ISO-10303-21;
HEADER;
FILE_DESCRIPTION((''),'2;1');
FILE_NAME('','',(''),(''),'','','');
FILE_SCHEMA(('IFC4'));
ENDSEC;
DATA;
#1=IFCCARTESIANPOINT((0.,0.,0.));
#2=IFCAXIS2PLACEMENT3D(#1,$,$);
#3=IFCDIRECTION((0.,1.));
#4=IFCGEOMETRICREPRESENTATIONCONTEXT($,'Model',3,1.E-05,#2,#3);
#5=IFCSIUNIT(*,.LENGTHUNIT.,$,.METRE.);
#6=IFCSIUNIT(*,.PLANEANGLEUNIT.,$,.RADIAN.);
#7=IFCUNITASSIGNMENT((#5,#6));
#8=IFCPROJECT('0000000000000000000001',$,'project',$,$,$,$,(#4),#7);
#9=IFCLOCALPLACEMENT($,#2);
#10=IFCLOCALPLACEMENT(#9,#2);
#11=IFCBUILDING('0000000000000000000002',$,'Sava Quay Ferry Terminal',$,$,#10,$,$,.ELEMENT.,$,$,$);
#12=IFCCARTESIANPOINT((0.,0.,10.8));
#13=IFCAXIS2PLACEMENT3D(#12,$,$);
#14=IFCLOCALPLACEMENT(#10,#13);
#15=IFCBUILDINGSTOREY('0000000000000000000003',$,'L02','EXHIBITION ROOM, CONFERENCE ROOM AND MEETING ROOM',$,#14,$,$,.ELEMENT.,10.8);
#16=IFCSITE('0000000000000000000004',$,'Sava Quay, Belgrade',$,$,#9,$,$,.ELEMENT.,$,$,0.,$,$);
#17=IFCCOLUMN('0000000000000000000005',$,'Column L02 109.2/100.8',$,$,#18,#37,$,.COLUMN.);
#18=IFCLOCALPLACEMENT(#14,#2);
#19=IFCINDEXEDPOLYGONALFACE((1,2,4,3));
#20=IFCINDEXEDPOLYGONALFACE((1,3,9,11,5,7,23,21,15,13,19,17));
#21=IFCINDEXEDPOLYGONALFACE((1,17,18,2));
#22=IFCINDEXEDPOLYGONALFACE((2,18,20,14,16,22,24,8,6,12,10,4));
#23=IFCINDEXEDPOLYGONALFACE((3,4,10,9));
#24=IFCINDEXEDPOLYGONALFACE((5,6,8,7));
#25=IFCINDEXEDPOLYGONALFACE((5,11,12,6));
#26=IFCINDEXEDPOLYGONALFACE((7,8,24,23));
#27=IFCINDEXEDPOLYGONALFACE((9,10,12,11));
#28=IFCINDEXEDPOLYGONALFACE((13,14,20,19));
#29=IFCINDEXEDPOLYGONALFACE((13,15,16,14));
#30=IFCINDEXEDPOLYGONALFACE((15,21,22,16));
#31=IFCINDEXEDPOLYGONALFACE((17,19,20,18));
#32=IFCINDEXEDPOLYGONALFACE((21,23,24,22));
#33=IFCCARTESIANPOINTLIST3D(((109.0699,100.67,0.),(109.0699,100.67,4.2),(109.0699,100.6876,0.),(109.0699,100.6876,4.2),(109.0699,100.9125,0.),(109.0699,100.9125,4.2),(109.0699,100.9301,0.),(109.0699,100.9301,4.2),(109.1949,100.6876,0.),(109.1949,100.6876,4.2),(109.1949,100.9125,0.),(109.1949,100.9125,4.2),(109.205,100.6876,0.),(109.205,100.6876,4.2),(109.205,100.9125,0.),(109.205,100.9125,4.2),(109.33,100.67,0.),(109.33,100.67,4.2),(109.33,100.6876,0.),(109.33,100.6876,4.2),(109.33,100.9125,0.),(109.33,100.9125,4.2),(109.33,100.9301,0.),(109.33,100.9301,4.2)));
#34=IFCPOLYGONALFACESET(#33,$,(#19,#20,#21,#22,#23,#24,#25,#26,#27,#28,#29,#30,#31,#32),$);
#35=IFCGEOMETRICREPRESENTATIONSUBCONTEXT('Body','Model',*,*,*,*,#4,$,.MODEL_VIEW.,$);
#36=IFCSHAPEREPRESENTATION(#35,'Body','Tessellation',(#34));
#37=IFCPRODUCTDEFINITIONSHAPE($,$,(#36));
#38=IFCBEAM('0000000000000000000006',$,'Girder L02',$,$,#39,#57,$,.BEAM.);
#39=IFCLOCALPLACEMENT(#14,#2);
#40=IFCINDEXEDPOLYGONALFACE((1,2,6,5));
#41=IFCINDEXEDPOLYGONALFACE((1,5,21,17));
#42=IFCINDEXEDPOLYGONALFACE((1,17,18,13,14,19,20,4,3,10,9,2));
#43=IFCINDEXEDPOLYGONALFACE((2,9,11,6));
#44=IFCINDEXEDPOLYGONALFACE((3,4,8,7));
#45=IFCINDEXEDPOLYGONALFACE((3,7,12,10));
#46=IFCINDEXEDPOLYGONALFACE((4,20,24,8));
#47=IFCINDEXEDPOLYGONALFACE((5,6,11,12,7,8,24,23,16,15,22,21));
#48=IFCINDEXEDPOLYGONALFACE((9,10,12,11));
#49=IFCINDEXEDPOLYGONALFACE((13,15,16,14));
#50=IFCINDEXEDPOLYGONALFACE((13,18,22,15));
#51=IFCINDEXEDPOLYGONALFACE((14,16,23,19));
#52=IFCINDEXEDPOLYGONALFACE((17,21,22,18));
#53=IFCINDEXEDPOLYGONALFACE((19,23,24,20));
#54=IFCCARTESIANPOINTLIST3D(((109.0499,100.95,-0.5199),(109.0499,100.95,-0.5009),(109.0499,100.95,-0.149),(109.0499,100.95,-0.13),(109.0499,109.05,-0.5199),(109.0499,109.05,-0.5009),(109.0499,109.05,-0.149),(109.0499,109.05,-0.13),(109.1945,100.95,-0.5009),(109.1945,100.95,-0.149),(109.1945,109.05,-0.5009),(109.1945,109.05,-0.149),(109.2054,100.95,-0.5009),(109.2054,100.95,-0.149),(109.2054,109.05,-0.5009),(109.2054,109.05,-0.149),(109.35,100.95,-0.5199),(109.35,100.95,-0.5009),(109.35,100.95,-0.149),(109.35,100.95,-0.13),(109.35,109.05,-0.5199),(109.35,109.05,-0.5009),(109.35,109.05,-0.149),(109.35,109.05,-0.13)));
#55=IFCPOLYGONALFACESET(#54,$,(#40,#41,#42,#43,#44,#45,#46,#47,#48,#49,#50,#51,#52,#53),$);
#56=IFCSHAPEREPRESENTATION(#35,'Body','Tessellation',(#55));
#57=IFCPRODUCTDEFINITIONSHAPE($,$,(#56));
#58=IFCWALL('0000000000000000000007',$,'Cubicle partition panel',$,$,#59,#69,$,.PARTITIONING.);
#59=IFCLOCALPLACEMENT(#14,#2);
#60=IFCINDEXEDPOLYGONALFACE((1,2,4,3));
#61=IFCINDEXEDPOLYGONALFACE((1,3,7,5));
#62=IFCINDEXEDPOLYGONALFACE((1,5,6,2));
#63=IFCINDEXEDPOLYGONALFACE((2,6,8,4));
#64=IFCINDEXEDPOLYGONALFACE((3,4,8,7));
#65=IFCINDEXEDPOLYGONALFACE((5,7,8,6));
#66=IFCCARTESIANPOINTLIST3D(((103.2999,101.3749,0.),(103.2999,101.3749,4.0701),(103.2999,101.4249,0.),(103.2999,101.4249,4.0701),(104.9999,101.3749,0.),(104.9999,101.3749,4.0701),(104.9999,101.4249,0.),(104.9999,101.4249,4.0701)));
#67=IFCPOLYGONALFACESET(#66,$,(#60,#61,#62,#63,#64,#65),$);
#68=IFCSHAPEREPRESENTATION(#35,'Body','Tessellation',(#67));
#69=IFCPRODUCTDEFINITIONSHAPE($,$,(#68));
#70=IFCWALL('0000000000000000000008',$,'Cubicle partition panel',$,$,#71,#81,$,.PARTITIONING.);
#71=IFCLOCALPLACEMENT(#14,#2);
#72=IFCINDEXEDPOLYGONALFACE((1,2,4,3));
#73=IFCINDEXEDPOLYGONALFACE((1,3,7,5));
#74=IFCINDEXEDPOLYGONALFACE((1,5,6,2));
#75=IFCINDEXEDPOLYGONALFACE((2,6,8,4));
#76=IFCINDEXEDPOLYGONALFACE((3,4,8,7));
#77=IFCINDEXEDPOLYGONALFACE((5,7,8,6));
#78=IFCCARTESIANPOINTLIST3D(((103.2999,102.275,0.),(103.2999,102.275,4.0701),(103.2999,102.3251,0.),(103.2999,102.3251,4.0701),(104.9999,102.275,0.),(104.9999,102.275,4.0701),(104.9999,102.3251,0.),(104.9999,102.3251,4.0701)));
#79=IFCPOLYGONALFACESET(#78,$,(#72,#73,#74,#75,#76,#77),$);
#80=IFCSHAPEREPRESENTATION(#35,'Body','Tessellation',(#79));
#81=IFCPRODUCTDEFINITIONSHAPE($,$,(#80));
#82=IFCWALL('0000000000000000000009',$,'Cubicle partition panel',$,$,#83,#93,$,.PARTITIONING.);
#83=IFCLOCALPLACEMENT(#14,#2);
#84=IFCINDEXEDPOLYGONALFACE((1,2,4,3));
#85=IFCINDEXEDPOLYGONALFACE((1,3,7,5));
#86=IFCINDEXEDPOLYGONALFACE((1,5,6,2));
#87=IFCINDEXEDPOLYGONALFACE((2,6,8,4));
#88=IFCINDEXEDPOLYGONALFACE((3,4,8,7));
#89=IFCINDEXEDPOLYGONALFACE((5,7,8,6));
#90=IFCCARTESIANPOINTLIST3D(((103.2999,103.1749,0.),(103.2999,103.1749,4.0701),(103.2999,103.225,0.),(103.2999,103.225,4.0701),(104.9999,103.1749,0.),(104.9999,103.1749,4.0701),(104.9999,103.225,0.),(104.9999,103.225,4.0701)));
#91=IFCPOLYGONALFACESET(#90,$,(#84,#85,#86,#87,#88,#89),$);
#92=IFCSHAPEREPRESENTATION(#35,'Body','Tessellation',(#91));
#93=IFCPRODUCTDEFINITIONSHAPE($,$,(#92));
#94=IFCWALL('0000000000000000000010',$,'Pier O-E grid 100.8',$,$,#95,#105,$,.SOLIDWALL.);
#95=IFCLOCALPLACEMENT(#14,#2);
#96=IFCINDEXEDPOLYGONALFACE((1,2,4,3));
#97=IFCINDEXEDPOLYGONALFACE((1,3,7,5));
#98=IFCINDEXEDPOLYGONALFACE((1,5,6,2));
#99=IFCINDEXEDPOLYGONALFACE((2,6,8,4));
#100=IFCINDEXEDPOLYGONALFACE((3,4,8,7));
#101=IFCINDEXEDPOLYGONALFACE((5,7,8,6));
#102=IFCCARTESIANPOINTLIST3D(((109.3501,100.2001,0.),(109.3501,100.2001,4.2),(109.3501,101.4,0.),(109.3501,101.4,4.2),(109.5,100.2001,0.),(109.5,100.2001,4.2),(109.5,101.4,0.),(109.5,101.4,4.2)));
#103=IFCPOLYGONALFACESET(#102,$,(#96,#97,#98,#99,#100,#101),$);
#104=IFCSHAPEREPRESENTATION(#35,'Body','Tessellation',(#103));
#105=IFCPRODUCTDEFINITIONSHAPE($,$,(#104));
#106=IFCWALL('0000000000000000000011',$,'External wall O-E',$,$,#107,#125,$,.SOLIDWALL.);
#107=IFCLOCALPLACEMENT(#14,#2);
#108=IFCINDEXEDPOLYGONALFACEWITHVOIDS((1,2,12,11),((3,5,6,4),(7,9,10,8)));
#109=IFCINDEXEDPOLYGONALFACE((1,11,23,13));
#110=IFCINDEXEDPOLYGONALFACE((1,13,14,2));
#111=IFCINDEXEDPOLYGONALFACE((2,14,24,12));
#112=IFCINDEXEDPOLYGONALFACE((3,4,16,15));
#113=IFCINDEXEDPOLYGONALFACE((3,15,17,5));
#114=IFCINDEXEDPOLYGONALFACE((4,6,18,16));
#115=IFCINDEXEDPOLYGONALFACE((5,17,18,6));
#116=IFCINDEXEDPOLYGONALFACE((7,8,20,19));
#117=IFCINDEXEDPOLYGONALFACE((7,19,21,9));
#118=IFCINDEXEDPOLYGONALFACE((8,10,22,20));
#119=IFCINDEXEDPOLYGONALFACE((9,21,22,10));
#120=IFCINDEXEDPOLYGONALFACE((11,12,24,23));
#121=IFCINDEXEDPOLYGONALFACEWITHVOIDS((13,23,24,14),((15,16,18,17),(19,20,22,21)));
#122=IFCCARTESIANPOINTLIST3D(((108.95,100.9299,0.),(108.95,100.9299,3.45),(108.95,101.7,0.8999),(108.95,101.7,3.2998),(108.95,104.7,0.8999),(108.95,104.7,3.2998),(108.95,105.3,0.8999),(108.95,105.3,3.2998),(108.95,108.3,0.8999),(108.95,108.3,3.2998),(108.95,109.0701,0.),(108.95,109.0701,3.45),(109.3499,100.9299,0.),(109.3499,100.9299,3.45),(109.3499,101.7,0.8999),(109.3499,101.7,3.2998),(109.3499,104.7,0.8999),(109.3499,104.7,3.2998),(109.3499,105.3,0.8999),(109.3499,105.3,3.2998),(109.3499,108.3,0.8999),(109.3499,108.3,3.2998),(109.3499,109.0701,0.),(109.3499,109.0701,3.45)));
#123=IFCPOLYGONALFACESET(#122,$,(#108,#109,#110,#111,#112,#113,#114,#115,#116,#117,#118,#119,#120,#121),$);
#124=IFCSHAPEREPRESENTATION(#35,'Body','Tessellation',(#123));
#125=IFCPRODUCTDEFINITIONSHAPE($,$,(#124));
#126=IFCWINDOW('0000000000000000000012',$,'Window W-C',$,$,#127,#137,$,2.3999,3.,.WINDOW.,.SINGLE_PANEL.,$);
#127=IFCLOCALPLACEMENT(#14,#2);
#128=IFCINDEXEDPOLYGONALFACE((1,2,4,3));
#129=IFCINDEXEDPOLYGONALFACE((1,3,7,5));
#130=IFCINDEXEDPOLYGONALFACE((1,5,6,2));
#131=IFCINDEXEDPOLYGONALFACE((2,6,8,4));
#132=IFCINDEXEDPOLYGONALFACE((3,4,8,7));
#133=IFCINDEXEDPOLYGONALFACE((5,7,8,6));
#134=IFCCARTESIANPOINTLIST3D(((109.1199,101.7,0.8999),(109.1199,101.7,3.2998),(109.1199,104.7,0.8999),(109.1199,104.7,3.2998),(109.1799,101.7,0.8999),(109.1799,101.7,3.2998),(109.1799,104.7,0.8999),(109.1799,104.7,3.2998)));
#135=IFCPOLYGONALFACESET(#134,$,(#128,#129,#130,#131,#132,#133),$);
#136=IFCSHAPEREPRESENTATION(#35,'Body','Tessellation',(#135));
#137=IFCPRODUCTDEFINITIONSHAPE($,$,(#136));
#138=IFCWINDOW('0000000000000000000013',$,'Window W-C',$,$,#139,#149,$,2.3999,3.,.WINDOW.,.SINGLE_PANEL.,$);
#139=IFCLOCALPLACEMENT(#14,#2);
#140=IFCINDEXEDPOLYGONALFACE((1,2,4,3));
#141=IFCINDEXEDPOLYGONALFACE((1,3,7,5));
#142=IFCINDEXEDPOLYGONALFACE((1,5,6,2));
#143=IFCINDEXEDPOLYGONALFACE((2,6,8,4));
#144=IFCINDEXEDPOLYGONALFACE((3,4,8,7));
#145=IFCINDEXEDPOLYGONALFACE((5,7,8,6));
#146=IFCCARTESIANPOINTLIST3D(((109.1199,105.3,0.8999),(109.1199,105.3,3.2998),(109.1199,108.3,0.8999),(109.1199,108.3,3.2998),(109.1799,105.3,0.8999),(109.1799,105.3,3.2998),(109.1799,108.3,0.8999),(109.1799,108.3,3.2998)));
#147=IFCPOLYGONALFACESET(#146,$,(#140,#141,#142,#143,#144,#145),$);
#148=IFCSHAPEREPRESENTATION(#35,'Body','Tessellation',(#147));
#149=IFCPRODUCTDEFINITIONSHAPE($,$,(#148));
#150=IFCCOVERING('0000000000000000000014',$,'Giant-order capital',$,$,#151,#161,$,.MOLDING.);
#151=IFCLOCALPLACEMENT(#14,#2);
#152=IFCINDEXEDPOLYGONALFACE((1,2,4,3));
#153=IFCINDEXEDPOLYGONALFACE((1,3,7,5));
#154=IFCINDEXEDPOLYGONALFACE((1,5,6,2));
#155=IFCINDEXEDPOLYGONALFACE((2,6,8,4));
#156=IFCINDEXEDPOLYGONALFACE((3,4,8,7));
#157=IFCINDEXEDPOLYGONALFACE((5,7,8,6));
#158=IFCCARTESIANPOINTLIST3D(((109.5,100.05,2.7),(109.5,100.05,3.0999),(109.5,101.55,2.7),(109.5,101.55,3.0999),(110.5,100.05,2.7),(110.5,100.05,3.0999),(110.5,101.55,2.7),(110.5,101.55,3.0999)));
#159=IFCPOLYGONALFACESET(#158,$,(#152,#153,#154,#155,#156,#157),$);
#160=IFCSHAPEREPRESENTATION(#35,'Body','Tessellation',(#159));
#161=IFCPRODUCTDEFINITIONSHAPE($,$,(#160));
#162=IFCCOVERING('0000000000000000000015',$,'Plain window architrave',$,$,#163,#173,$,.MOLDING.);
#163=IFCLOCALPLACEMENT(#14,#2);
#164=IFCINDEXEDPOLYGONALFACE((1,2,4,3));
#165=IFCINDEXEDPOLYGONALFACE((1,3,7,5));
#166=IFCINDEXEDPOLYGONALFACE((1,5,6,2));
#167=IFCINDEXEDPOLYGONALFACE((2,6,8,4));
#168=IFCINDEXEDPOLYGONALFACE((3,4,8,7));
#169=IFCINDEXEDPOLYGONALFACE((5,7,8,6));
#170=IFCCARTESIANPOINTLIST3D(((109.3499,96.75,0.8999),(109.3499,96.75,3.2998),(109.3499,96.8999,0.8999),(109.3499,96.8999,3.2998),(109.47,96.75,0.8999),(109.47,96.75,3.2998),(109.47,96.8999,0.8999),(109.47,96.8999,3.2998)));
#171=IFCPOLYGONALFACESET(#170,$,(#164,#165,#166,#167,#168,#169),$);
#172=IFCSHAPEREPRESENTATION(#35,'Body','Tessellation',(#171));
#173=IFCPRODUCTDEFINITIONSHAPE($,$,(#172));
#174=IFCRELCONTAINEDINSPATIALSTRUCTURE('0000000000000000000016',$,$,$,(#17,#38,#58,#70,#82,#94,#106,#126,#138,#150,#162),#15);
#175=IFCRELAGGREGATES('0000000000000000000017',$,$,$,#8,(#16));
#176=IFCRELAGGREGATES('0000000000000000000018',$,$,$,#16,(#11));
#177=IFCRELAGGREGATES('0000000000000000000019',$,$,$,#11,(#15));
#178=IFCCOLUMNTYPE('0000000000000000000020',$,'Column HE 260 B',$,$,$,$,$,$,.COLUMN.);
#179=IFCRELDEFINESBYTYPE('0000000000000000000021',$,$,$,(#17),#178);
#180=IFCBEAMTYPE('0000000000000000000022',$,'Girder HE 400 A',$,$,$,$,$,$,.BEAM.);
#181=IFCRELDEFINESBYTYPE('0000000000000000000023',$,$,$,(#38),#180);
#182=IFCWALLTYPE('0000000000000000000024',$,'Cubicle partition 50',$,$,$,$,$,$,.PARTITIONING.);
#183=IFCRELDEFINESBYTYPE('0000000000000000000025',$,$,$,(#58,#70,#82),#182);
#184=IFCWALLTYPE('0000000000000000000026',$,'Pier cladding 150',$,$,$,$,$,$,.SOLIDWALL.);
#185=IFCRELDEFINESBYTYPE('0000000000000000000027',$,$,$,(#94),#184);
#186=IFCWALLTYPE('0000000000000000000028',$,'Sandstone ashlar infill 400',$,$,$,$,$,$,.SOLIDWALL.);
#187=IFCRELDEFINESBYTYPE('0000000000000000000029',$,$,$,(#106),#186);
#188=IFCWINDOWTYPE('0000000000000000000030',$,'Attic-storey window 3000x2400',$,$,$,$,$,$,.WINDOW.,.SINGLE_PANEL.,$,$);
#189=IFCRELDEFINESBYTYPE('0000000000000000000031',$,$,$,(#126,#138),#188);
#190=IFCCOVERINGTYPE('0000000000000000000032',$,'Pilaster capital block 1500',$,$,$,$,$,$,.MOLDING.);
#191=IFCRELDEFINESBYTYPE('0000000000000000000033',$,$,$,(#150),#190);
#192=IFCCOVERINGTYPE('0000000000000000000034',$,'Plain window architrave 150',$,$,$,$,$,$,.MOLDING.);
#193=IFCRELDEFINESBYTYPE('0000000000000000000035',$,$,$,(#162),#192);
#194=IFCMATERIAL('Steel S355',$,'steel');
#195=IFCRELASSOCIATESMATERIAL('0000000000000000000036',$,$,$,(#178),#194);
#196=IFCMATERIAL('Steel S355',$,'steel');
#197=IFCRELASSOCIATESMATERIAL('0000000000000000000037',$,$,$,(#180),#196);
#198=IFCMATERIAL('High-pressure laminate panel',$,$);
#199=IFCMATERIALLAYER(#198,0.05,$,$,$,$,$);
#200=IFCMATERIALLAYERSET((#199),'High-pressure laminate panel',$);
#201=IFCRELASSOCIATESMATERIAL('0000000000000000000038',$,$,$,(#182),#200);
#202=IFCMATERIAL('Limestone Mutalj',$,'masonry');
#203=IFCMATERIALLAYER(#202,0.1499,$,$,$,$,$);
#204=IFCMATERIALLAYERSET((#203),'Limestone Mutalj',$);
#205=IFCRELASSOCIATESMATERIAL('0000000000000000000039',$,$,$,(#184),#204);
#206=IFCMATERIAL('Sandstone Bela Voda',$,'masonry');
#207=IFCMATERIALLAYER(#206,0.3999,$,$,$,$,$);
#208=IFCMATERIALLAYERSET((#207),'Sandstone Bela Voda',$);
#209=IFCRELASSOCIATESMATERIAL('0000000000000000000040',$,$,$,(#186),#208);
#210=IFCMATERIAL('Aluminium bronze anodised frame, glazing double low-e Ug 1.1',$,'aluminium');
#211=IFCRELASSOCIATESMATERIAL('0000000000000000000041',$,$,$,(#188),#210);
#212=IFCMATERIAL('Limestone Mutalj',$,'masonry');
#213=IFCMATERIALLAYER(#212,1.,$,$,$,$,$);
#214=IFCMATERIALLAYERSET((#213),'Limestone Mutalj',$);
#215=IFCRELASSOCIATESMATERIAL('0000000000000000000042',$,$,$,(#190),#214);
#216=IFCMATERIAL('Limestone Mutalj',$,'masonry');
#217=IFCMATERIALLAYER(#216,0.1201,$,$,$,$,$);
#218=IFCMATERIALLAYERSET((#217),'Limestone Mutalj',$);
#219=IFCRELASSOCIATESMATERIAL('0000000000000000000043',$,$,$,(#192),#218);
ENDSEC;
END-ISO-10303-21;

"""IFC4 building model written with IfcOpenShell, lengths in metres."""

from ifc_helpers import new_model, si_unit, direction, frame, frame_2d, origin, origin_2d, place, context, subcontext, project, spatial, rectangle, i_section, extrude, material, layer, layer_set, material_profile, profile_set, type_object, element, fill, save


model = new_model("IFC4")

# Units and contexts
model_context = context("Model", 3, precision=1e-05, world=origin(), true_north=direction((0.0, 1.0)))
body_context = subcontext(model_context, "Body", "Model", "MODEL_VIEW")
ifc_project = project(units=[si_unit("LENGTHUNIT", "METRE"), si_unit("PLANEANGLEUNIT", "RADIAN")], contexts=[model_context])

# Site, building, storey
site_placement = place(None, origin())
site = spatial("IfcSite", under=ifc_project, at=site_placement, Name="Sava Quay, Belgrade", CompositionType="ELEMENT", RefElevation=0.0)
building_placement = place(site_placement, origin())
building = spatial("IfcBuilding", under=site, at=building_placement, Name="Sava Quay Ferry Terminal", CompositionType="ELEMENT")
storey_placement = place(building_placement, frame((0.0, 0.0, 10.8)))
storey = spatial("IfcBuildingStorey", under=building, at=storey_placement, Name="L02", Description="EXHIBITION ROOM, CONFERENCE ROOM AND MEETING ROOM", CompositionType="ELEMENT", Elevation=10.8)

# Column
ifc_material_1 = material(Name="Steel S355", Category="steel")
ifc_material_profile_1 = material_profile(ifc_material_1, i_section(OverallWidth=0.26, OverallDepth=0.26, WebThickness=0.01, FlangeThickness=0.0176, at=origin_2d()), Name="HE 260 B")
ifc_profile_set_1 = profile_set([ifc_material_profile_1], Name="Steel S355")
column_type = type_object("IfcColumnType", Name="Column HE 260 B", PredefinedType="COLUMN", material=ifc_profile_set_1)
column_placement = place(storey_placement, frame((109.2, 100.8, 0.0), z_axis=(0.0, 0.0, 1.0), x_axis=(1.0, 0.0, 0.0)))
element("IfcColumn", 1, at=column_placement, inside=storey, type_object=column_type, Name="Column L02 109.2/100.8", PredefinedType="COLUMN", context=body_context, shape_type="SweptSolid", body=[
    extrude(i_section(OverallWidth=0.26, OverallDepth=0.26, WebThickness=0.01, FlangeThickness=0.0176, at=origin_2d()), origin(), (0.0, 0.0, 1.0), 4.2),
])

# Beam
ifc_material_2 = material(Name="Steel S355", Category="steel")
ifc_material_profile_2 = material_profile(ifc_material_2, i_section(OverallWidth=0.3, OverallDepth=0.3899, WebThickness=0.011, FlangeThickness=0.019, at=origin_2d()), Name="HE 400 A")
ifc_profile_set_2 = profile_set([ifc_material_profile_2], Name="Steel S355")
beam_type = type_object("IfcBeamType", Name="Girder HE 400 A", PredefinedType="BEAM", material=ifc_profile_set_2)
beam_placement = place(storey_placement, frame((109.2, 100.95, -0.325), z_axis=(0.0, 1.0, 0.0), x_axis=(-1.0, 0.0, 0.0)))
element("IfcBeam", 2, at=beam_placement, inside=storey, type_object=beam_type, Name="Girder L02", PredefinedType="BEAM", context=body_context, shape_type="SweptSolid", body=[
    extrude(i_section(OverallWidth=0.3, OverallDepth=0.3899, WebThickness=0.011, FlangeThickness=0.019, at=origin_2d()), origin(), (0.0, 0.0, 1.0), 8.1001),
])

# Walls
ifc_material_3 = material(Name="High-pressure laminate panel")
ifc_layer_1 = layer(ifc_material_3, 0.05)
ifc_layer_set_1 = layer_set([ifc_layer_1], Name="High-pressure laminate panel")
wall_type_1 = type_object("IfcWallType", Name="Cubicle partition 50", PredefinedType="PARTITIONING", material=ifc_layer_set_1)
for number, where, z_axis, x_axis, name in (
    (3, (105.0, 101.3999, 0.0), (0.0, 0.0, 1.0), (-1.0, 0.0, 0.0), "Cubicle partition panel"),
    (4, (105.0, 102.3, 0.0), (0.0, 0.0, 1.0), (-1.0, 0.0, 0.0), "Cubicle partition panel"),
    (5, (105.0, 103.2, 0.0), (0.0, 0.0, 1.0), (-1.0, 0.0, 0.0), "Cubicle partition panel"),
):
    element("IfcWall", number, at=place(storey_placement, frame(where, z_axis=z_axis, x_axis=x_axis)), inside=storey, type_object=wall_type_1, Name=name, PredefinedType="PARTITIONING", context=body_context, shape_type="SweptSolid", body=[
        extrude(rectangle(XDim=1.7, YDim=0.05, at=frame_2d((0.8501, 0.0))), origin(), (0.0, 0.0, 1.0), 4.0701),
    ])
ifc_material_4 = material(Name="Limestone Mutalj", Category="masonry")
ifc_layer_2 = layer(ifc_material_4, 0.1499)
ifc_layer_set_2 = layer_set([ifc_layer_2], Name="Limestone Mutalj")
wall_type_2 = type_object("IfcWallType", Name="Pier cladding 150", PredefinedType="SOLIDWALL", material=ifc_layer_set_2)
wall_1_placement = place(storey_placement, frame((109.425, 100.2, 0.0), z_axis=(0.0, 0.0, 1.0), x_axis=(0.0, 1.0, 0.0)))
element("IfcWall", 6, at=wall_1_placement, inside=storey, type_object=wall_type_2, Name="Pier O-E grid 100.8", PredefinedType="SOLIDWALL", context=body_context, shape_type="SweptSolid", body=[
    extrude(rectangle(XDim=1.2, YDim=0.1499, at=frame_2d((0.6001, 0.0))), origin(), (0.0, 0.0, 1.0), 4.2),
])

# Wall, openings, windows
ifc_material_5 = material(Name="Sandstone Bela Voda", Category="masonry")
ifc_layer_3 = layer(ifc_material_5, 0.3999)
ifc_layer_set_3 = layer_set([ifc_layer_3], Name="Sandstone Bela Voda")
wall_type_3 = type_object("IfcWallType", Name="Sandstone ashlar infill 400", PredefinedType="SOLIDWALL", material=ifc_layer_set_3)
wall_2_placement = place(storey_placement, frame((109.1499, 100.9299, 0.0), z_axis=(0.0, 0.0, 1.0), x_axis=(0.0, 1.0, 0.0)))
wall_2 = element("IfcWall", 7, at=wall_2_placement, inside=storey, type_object=wall_type_3, Name="External wall O-E", PredefinedType="SOLIDWALL", context=body_context, shape_type="SweptSolid", body=[
    extrude(rectangle(XDim=8.1401, YDim=0.3999, at=frame_2d((4.0701, 0.0))), origin(), (0.0, 0.0, 1.0), 3.45),
])
opening_1_placement = place(wall_2_placement, frame((0.77, 0.0, 0.8999)))
opening_1 = element("IfcOpeningElement", 8, at=opening_1_placement, cuts=wall_2, PredefinedType="OPENING", context=body_context, shape_type="SweptSolid", body=[
    extrude(rectangle(XDim=3.0, YDim=2.3999, at=frame_2d((1.5, 1.2))), frame((0.0, 0.2, 0.0), z_axis=(0.0, -1.0, 0.0), x_axis=(1.0, 0.0, 0.0)), (0.0, 0.0, 1.0), 0.3999),
])
opening_2_placement = place(wall_2_placement, frame((4.3701, 0.0, 0.8999)))
opening_2 = element("IfcOpeningElement", 9, at=opening_2_placement, cuts=wall_2, PredefinedType="OPENING", context=body_context, shape_type="SweptSolid", body=[
    extrude(rectangle(XDim=3.0, YDim=2.3999, at=frame_2d((1.5, 1.2))), frame((0.0, 0.2, 0.0), z_axis=(0.0, -1.0, 0.0), x_axis=(1.0, 0.0, 0.0)), (0.0, 0.0, 1.0), 0.3999),
])
ifc_material_6 = material(Name="Aluminium bronze anodised frame, glazing double low-e Ug 1.1", Category="aluminium")
window_type = type_object("IfcWindowType", Name="Attic-storey window 3000x2400", PartitioningType="SINGLE_PANEL", PredefinedType="WINDOW", material=ifc_material_6)
window_1_placement = place(opening_1_placement, origin())
window_1 = element("IfcWindow", 10, at=window_1_placement, inside=storey, type_object=window_type, Name="Window W-C", OverallHeight=2.3999, OverallWidth=3.0, PartitioningType="SINGLE_PANEL", PredefinedType="WINDOW", context=body_context, shape_type="SweptSolid", body=[
    extrude(rectangle(XDim=3.0, YDim=2.3999, at=frame_2d((1.5, 1.2))), frame((0.0, 0.03, 0.0), z_axis=(0.0, -1.0, 0.0), x_axis=(1.0, 0.0, 0.0)), (0.0, 0.0, 1.0), 0.0601),
])
fill(opening_1, window_1)
window_2_placement = place(opening_2_placement, origin())
window_2 = element("IfcWindow", 11, at=window_2_placement, inside=storey, type_object=window_type, Name="Window W-C", OverallHeight=2.3999, OverallWidth=3.0, PartitioningType="SINGLE_PANEL", PredefinedType="WINDOW", context=body_context, shape_type="SweptSolid", body=[
    extrude(rectangle(XDim=3.0, YDim=2.3999, at=frame_2d((1.5, 1.2))), frame((0.0, 0.03, 0.0), z_axis=(0.0, -1.0, 0.0), x_axis=(1.0, 0.0, 0.0)), (0.0, 0.0, 1.0), 0.0601),
])
fill(opening_2, window_2)

# Coverings
ifc_material_7 = material(Name="Limestone Mutalj", Category="masonry")
ifc_layer_4 = layer(ifc_material_7, 1.0)
ifc_layer_set_4 = layer_set([ifc_layer_4], Name="Limestone Mutalj")
covering_type_1 = type_object("IfcCoveringType", Name="Pilaster capital block 1500", PredefinedType="MOLDING", material=ifc_layer_set_4)
covering_1_placement = place(storey_placement, frame((110.0, 100.8, 2.7), z_axis=(0.0, 0.0, 1.0), x_axis=(1.0, 0.0, 0.0)))
element("IfcCovering", 12, at=covering_1_placement, inside=storey, type_object=covering_type_1, Name="Giant-order capital", PredefinedType="MOLDING", context=body_context, shape_type="SweptSolid", body=[
    extrude(rectangle(XDim=1.0, YDim=1.5, at=origin_2d()), origin(), (0.0, 0.0, 1.0), 0.3999),
])
ifc_material_8 = material(Name="Limestone Mutalj", Category="masonry")
ifc_layer_5 = layer(ifc_material_8, 0.1201)
ifc_layer_set_5 = layer_set([ifc_layer_5], Name="Limestone Mutalj")
covering_type_2 = type_object("IfcCoveringType", Name="Plain window architrave 150", PredefinedType="MOLDING", material=ifc_layer_set_5)
covering_2_placement = place(storey_placement, frame((109.4099, 96.825, 0.8999), z_axis=(0.0, 0.0, 1.0), x_axis=(1.0, 0.0, 0.0)))
element("IfcCovering", 13, at=covering_2_placement, inside=storey, type_object=covering_type_2, Name="Plain window architrave", PredefinedType="MOLDING", context=body_context, shape_type="SweptSolid", body=[
    extrude(rectangle(XDim=0.1201, YDim=0.1499, at=origin_2d()), origin(), (0.0, 0.0, 1.0), 2.3999),
])

save(model, "model.ifc")
